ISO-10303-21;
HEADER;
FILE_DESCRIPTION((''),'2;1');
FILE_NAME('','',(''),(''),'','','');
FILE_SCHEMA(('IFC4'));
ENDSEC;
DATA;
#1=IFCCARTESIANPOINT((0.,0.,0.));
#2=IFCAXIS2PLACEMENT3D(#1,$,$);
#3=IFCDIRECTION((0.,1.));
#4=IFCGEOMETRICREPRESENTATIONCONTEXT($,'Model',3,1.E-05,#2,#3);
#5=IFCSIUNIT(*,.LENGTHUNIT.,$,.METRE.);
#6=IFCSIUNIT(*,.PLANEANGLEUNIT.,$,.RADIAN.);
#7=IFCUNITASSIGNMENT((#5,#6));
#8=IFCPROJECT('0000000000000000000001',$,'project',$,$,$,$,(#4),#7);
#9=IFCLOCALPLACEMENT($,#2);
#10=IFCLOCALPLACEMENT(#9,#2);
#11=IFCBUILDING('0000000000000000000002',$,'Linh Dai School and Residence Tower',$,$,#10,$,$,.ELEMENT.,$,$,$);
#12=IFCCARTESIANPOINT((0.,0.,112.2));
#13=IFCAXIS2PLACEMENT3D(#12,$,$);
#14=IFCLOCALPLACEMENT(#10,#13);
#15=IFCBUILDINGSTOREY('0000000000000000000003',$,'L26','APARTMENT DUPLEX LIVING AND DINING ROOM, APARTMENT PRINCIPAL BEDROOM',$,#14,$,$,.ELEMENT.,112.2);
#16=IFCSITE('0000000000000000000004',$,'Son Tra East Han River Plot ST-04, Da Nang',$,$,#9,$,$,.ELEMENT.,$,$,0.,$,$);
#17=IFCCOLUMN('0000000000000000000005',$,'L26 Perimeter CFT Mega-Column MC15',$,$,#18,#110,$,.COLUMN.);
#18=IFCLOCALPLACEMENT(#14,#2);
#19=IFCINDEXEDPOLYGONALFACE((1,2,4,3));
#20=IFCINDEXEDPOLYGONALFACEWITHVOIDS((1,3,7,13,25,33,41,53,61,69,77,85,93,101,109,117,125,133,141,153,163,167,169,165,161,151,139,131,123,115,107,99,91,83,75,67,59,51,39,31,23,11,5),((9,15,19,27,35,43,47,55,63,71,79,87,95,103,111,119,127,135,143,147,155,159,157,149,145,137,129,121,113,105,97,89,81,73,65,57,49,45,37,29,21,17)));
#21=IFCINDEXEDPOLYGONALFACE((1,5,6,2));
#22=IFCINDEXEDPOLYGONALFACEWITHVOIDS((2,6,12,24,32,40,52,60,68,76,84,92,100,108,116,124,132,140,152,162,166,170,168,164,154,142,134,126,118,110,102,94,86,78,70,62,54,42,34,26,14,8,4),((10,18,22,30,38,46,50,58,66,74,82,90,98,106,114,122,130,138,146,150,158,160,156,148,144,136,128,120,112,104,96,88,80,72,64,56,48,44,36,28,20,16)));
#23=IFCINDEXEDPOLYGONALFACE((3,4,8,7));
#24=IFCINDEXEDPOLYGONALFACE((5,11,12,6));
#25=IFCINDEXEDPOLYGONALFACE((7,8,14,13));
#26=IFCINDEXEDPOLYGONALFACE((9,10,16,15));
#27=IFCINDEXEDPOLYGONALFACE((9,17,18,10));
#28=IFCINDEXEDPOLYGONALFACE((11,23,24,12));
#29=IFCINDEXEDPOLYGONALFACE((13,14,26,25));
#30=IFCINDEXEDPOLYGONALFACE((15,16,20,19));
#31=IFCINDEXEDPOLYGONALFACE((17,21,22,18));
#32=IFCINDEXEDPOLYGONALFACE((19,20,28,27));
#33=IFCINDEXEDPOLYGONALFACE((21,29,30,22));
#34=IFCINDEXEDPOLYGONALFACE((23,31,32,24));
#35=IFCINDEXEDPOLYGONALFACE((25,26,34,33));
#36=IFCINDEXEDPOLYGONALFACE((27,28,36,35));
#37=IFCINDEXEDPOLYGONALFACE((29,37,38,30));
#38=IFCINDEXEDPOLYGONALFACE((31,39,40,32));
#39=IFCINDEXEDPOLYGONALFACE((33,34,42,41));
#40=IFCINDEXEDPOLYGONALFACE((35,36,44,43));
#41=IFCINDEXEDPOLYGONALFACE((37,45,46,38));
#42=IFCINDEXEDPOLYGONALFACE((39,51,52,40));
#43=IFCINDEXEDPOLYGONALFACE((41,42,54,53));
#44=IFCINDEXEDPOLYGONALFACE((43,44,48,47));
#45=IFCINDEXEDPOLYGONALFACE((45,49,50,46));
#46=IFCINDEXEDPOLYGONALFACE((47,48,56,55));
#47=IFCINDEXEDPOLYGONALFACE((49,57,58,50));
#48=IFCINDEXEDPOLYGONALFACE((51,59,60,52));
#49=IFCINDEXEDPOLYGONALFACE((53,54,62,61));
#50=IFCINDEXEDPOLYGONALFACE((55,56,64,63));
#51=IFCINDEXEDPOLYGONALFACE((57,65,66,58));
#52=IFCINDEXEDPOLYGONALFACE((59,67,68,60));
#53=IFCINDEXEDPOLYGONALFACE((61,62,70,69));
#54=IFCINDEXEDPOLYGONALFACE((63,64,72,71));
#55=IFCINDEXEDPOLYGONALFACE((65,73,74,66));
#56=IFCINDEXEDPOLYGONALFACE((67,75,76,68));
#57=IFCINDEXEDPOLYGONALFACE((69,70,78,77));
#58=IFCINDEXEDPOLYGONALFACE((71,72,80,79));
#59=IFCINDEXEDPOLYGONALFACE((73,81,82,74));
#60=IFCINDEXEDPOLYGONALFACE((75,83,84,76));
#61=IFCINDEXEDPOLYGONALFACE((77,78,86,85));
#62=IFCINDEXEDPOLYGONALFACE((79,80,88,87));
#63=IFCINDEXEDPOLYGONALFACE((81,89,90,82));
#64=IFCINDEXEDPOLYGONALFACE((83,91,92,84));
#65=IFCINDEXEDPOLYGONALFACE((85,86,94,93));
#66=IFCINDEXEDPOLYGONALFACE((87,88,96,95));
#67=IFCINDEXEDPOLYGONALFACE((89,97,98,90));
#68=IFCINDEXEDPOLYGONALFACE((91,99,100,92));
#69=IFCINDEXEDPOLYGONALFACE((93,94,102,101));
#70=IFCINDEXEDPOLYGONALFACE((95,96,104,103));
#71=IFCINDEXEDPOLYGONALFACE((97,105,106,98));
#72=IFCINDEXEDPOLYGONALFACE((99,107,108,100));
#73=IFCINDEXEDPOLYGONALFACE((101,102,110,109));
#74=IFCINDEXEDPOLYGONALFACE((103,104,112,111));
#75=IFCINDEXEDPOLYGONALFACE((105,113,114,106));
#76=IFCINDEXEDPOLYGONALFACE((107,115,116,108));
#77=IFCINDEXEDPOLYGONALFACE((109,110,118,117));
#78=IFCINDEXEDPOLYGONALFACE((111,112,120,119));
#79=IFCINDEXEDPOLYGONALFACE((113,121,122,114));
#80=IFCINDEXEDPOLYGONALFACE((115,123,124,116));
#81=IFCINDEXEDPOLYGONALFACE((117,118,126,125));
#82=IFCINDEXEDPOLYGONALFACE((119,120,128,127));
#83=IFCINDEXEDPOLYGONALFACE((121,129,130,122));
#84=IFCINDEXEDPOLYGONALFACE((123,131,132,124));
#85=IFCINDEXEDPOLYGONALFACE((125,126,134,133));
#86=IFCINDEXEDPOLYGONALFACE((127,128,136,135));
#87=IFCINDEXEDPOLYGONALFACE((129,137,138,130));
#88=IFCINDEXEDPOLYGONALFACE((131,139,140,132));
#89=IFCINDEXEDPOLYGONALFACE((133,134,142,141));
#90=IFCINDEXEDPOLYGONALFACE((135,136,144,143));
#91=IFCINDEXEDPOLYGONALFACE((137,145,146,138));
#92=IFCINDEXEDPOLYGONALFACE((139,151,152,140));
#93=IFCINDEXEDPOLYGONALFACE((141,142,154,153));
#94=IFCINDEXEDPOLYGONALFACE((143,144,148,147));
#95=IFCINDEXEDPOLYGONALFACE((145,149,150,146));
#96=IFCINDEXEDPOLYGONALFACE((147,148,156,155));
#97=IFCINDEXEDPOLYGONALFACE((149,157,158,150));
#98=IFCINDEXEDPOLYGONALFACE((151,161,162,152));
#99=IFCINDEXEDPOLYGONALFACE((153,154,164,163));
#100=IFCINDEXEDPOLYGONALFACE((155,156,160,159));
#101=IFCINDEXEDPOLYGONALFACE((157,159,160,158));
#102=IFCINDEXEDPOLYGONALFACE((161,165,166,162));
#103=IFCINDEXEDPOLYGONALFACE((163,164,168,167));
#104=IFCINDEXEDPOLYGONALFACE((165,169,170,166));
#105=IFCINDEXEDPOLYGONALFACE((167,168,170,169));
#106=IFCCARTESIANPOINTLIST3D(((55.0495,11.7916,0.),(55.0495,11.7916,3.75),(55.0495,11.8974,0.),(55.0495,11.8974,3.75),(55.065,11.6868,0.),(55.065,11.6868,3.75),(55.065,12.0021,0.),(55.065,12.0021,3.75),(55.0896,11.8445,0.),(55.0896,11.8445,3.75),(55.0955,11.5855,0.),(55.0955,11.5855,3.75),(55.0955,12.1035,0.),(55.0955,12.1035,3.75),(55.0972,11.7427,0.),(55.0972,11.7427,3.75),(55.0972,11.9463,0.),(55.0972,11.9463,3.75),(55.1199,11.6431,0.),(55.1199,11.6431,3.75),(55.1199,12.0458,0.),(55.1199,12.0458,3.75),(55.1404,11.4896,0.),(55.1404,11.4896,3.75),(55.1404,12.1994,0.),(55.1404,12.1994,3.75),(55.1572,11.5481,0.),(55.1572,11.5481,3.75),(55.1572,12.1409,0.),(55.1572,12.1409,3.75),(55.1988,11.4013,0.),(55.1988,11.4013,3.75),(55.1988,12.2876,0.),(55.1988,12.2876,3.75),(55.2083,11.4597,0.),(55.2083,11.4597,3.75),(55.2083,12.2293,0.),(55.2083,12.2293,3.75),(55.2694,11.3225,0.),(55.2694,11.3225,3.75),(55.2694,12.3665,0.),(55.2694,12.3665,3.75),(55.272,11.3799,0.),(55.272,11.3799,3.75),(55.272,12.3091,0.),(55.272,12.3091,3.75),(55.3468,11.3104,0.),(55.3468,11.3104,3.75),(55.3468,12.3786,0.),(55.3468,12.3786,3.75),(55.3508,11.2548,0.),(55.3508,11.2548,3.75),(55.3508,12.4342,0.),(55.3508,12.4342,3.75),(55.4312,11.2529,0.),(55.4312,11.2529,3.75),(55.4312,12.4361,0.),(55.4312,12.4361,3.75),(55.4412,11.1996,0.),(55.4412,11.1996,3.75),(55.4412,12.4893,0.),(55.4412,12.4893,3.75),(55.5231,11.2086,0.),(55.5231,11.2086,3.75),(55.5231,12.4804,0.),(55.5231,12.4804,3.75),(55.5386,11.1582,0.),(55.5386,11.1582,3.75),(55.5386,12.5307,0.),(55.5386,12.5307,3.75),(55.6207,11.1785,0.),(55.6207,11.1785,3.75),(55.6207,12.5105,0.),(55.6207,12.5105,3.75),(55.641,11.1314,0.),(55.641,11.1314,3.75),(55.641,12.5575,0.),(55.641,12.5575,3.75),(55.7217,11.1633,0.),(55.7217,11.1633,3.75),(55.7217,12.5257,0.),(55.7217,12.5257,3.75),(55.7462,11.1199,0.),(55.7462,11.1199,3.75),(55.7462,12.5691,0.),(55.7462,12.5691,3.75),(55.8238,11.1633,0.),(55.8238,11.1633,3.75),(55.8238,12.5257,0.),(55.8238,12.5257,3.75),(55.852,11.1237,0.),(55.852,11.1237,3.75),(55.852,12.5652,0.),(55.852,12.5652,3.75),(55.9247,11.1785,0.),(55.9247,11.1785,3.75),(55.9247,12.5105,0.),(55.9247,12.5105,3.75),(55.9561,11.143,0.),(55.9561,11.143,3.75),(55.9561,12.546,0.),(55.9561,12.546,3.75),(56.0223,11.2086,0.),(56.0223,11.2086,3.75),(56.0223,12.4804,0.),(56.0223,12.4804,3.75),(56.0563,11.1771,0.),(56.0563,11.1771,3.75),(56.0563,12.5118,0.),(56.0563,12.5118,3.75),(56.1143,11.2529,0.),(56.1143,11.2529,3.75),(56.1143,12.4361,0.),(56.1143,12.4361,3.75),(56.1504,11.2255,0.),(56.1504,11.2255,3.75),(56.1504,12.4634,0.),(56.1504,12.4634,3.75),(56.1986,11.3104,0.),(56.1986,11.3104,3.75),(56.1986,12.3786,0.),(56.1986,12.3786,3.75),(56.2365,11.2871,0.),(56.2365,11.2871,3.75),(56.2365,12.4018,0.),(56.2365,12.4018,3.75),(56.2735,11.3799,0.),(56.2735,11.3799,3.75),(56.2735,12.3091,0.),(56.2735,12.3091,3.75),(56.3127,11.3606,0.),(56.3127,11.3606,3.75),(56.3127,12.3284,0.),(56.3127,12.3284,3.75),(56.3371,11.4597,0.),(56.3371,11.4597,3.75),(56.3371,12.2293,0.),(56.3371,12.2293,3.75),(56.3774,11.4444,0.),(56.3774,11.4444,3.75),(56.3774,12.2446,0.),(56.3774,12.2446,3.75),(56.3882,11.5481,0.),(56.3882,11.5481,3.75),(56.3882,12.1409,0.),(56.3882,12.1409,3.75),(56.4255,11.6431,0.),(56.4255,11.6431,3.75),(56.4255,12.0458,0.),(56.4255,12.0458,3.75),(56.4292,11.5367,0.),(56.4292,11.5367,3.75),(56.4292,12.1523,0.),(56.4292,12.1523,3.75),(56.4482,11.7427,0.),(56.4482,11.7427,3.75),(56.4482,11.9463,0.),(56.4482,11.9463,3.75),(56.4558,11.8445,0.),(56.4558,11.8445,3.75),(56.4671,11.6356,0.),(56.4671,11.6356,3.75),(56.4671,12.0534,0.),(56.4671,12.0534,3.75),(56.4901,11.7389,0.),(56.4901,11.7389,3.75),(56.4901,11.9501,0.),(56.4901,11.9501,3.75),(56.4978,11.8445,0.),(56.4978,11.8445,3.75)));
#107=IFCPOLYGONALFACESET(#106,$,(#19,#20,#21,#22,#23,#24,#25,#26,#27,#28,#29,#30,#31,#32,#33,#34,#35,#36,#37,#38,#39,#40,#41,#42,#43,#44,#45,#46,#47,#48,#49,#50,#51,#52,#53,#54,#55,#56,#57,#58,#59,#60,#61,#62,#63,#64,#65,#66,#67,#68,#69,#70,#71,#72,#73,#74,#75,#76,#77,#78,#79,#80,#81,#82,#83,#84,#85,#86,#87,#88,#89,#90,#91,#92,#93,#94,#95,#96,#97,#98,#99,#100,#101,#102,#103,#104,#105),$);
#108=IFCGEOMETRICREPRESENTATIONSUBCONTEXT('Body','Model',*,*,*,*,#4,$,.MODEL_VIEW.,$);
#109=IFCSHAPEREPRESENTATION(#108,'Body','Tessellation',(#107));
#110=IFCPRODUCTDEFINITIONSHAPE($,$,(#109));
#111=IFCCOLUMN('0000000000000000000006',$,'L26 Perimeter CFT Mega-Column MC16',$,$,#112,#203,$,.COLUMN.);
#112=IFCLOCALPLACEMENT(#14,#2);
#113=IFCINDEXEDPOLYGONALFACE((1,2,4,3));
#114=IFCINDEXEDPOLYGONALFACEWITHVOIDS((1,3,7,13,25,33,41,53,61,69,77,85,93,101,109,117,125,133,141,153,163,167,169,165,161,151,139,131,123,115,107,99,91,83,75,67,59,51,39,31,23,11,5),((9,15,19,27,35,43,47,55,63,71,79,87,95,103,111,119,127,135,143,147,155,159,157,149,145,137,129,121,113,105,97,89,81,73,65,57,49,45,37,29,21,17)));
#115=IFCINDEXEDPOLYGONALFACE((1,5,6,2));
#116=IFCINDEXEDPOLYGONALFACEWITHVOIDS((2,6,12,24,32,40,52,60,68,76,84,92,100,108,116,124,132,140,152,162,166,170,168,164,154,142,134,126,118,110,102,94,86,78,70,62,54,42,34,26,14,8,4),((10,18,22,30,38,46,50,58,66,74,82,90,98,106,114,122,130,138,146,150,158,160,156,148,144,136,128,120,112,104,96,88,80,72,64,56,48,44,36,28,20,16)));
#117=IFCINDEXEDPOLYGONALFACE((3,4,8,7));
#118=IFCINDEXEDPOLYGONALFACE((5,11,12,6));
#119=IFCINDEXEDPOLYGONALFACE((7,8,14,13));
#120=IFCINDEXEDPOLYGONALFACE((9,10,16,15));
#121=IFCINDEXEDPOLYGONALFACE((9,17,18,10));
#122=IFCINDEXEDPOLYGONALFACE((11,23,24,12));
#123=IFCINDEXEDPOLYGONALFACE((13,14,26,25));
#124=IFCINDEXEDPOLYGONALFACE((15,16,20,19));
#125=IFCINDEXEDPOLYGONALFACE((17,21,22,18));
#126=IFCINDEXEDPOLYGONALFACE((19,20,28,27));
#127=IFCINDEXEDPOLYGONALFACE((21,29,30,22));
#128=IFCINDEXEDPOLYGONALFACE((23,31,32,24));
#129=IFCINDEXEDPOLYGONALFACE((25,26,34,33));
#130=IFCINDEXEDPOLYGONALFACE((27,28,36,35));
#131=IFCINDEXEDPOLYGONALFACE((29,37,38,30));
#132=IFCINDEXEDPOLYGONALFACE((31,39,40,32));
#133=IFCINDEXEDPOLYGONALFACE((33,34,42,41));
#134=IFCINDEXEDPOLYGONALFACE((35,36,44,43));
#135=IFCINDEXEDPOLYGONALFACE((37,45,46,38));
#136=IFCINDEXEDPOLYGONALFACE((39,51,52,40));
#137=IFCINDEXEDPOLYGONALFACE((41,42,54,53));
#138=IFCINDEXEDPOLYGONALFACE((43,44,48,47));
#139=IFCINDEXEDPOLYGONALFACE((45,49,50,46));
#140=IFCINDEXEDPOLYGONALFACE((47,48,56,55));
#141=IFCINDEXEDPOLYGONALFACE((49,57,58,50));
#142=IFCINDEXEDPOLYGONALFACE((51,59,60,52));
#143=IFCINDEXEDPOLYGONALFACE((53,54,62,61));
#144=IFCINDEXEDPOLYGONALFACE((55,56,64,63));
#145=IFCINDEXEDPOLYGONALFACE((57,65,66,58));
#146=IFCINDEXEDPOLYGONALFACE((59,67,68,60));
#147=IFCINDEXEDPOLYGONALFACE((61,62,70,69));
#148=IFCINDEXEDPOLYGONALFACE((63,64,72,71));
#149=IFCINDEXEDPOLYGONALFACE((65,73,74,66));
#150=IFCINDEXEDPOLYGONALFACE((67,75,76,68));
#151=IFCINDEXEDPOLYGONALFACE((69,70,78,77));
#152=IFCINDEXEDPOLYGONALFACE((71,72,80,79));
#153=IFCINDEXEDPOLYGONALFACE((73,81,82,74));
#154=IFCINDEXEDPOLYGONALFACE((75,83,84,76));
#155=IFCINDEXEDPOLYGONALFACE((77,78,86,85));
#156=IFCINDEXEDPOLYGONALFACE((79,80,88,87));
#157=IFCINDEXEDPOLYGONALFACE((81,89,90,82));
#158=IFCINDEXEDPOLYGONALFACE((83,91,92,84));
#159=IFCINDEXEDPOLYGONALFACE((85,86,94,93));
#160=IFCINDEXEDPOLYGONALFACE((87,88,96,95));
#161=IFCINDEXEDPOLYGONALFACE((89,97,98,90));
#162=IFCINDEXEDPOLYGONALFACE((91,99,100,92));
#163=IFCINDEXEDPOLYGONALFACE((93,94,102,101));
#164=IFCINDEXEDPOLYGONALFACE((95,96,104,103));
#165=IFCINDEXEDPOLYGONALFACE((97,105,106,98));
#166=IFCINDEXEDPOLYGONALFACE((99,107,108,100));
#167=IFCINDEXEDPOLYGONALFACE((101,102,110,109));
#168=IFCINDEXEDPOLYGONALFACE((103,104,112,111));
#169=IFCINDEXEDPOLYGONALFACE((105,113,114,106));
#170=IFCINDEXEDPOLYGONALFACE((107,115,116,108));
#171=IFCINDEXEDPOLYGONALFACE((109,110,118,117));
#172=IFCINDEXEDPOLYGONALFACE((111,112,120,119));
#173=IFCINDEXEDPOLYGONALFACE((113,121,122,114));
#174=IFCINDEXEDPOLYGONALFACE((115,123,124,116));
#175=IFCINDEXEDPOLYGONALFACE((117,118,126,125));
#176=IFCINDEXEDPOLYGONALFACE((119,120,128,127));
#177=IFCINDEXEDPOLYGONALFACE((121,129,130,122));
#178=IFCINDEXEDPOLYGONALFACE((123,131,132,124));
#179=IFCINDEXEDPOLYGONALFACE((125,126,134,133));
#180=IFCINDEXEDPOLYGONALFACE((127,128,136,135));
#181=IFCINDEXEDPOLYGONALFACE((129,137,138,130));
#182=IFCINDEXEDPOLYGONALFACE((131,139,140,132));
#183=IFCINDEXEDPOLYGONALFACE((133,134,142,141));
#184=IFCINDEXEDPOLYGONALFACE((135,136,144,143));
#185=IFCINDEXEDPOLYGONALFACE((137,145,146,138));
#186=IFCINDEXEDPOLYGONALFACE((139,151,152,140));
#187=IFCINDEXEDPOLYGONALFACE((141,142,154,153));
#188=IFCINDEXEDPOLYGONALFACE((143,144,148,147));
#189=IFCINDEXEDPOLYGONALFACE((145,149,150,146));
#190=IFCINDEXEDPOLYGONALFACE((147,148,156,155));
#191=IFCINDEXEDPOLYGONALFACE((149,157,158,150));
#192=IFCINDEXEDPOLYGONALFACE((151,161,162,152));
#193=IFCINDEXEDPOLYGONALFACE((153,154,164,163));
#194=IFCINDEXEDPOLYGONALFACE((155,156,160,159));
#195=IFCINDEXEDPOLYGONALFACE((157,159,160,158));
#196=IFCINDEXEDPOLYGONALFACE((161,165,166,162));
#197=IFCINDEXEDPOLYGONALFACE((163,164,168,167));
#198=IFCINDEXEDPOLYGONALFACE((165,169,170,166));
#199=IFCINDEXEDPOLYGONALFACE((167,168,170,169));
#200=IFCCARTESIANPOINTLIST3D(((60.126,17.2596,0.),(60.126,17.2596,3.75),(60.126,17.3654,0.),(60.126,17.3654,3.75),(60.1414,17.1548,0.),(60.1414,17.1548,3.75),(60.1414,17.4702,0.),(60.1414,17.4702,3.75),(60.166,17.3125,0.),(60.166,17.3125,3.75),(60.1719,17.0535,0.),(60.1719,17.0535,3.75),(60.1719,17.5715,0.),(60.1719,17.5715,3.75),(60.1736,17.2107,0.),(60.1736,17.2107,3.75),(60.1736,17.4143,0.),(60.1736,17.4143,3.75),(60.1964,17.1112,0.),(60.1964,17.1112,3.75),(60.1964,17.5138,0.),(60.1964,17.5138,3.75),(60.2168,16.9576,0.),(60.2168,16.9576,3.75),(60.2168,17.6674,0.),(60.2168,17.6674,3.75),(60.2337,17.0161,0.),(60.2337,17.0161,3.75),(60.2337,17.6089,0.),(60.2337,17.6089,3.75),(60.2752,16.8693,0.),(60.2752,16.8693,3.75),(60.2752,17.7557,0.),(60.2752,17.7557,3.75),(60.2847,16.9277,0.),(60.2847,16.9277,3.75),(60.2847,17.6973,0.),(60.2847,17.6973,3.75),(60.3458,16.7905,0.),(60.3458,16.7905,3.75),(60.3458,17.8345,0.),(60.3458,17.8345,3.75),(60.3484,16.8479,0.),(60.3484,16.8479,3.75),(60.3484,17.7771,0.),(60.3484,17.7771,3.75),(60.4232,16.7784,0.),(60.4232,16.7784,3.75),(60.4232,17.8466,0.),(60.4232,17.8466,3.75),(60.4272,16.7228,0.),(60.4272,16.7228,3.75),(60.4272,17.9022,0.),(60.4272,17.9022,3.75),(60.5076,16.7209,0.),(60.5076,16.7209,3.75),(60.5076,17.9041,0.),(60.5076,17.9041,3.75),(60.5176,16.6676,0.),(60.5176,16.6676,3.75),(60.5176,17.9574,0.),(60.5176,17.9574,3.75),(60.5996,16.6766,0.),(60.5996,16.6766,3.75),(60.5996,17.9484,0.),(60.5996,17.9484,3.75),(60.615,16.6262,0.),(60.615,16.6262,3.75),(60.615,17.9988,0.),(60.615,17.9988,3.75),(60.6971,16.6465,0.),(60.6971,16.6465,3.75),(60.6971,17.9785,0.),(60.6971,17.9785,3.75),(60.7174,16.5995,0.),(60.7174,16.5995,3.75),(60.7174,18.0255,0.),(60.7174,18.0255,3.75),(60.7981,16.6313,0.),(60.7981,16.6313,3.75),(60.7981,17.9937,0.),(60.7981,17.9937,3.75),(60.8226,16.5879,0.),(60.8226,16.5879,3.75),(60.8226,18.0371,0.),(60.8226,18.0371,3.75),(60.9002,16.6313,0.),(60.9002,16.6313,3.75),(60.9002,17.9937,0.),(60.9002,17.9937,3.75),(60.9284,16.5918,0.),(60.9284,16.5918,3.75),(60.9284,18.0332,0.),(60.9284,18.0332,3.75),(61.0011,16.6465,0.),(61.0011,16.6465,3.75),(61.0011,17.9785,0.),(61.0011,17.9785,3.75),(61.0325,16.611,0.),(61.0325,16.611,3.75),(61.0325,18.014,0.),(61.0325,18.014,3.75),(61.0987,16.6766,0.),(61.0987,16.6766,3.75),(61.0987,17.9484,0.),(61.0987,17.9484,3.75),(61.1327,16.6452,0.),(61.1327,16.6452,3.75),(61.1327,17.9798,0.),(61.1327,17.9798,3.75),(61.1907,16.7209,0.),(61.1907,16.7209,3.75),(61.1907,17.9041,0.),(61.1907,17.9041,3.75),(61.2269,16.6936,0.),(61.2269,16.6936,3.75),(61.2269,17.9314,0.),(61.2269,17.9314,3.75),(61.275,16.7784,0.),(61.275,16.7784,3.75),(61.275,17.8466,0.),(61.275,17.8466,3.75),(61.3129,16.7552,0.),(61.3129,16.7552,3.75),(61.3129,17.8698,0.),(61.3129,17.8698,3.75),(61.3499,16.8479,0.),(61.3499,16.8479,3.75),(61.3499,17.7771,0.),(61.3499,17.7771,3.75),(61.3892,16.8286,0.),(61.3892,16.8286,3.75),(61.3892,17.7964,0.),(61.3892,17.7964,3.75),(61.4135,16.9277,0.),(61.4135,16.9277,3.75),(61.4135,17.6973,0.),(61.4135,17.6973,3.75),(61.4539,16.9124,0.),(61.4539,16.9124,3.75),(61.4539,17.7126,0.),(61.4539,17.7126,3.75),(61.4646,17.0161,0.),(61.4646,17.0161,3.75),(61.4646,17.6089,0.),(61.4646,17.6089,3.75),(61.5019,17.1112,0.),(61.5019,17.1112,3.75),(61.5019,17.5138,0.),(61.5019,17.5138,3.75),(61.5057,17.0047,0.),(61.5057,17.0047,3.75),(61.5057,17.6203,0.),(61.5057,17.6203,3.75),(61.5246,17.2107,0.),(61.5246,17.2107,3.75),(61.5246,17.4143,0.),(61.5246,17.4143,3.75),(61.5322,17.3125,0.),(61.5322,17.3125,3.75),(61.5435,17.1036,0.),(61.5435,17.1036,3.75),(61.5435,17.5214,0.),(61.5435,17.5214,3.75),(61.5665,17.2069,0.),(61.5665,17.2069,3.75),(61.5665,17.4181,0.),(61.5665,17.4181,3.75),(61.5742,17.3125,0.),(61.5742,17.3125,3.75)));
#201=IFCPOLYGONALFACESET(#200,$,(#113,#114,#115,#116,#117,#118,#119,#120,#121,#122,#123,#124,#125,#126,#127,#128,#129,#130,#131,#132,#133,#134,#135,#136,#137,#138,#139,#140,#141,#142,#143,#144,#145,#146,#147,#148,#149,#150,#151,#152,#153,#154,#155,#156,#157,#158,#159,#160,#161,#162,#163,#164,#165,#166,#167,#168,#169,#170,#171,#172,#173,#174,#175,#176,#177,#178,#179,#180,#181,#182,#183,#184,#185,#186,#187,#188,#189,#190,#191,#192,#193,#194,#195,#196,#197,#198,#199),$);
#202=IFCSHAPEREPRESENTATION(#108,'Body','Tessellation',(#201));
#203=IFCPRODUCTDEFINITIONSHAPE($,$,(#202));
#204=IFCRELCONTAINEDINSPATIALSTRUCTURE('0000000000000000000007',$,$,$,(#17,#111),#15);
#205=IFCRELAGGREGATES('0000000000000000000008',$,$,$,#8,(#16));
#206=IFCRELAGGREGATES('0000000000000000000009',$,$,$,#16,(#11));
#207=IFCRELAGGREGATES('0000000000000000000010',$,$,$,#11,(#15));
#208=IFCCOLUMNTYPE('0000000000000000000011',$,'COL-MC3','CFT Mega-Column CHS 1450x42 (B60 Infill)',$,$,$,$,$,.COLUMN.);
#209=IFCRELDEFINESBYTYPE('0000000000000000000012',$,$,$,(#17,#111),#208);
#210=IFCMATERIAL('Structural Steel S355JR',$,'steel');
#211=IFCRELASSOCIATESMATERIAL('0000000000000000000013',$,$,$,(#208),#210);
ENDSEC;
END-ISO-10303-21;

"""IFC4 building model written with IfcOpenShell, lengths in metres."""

from ifc_helpers import new_model, si_unit, direction, frame, origin, origin_2d, place, context, subcontext, project, spatial, hollow_circle, extrude, material, material_profile, profile_set, type_object, element, save


model = new_model("IFC4")

# Units and contexts
model_context = context("Model", 3, precision=1e-05, world=origin(), true_north=direction((0.0, 1.0)))
body_context = subcontext(model_context, "Body", "Model", "MODEL_VIEW")
ifc_project = project(units=[si_unit("LENGTHUNIT", "METRE"), si_unit("PLANEANGLEUNIT", "RADIAN")], contexts=[model_context])

# Site, building, storey
site_placement = place(None, origin())
site = spatial("IfcSite", under=ifc_project, at=site_placement, Name="Son Tra East Han River Plot ST-04, Da Nang", CompositionType="ELEMENT", RefElevation=0.0)
building_placement = place(site_placement, origin())
building = spatial("IfcBuilding", under=site, at=building_placement, Name="Linh Dai School and Residence Tower", CompositionType="ELEMENT")
storey_placement = place(building_placement, frame((0.0, 0.0, 112.2)))
storey = spatial("IfcBuildingStorey", under=building, at=storey_placement, Name="L26", Description="APARTMENT DUPLEX LIVING AND DINING ROOM, APARTMENT PRINCIPAL BEDROOM", CompositionType="ELEMENT", Elevation=112.2)

# Columns
ifc_material_1 = material(Name="Structural Steel S355JR", Category="steel")
ifc_material_profile_1 = material_profile(ifc_material_1, hollow_circle(Radius=0.7251, WallThickness=0.042, at=origin_2d()), Name="CHS 1450x42")
ifc_profile_set_1 = profile_set([ifc_material_profile_1], Name="Structural Steel S355JR")
column_type = type_object("IfcColumnType", Name="COL-MC3", Description="CFT Mega-Column CHS 1450x42 (B60 Infill)", PredefinedType="COLUMN", material=ifc_profile_set_1)
for number, where, z_axis, x_axis, name in (
    (1, (55.7727, 11.8445, 0.0), (0.0, 0.0, 1.0), (1.0, 0.0, 0.0), "L26 Perimeter CFT Mega-Column MC15"),
    (2, (60.8491, 17.3125, 0.0), (0.0, 0.0, 1.0), (1.0, 0.0, 0.0), "L26 Perimeter CFT Mega-Column MC16"),
):
    element("IfcColumn", number, at=place(storey_placement, frame(where, z_axis=z_axis, x_axis=x_axis)), inside=storey, type_object=column_type, Name=name, PredefinedType="COLUMN", context=body_context, shape_type="SweptSolid", body=[
        extrude(hollow_circle(Radius=0.7251, WallThickness=0.042, at=origin_2d()), origin(), (0.0, 0.0, 1.0), 3.75),
    ])

save(model, "model.ifc")
